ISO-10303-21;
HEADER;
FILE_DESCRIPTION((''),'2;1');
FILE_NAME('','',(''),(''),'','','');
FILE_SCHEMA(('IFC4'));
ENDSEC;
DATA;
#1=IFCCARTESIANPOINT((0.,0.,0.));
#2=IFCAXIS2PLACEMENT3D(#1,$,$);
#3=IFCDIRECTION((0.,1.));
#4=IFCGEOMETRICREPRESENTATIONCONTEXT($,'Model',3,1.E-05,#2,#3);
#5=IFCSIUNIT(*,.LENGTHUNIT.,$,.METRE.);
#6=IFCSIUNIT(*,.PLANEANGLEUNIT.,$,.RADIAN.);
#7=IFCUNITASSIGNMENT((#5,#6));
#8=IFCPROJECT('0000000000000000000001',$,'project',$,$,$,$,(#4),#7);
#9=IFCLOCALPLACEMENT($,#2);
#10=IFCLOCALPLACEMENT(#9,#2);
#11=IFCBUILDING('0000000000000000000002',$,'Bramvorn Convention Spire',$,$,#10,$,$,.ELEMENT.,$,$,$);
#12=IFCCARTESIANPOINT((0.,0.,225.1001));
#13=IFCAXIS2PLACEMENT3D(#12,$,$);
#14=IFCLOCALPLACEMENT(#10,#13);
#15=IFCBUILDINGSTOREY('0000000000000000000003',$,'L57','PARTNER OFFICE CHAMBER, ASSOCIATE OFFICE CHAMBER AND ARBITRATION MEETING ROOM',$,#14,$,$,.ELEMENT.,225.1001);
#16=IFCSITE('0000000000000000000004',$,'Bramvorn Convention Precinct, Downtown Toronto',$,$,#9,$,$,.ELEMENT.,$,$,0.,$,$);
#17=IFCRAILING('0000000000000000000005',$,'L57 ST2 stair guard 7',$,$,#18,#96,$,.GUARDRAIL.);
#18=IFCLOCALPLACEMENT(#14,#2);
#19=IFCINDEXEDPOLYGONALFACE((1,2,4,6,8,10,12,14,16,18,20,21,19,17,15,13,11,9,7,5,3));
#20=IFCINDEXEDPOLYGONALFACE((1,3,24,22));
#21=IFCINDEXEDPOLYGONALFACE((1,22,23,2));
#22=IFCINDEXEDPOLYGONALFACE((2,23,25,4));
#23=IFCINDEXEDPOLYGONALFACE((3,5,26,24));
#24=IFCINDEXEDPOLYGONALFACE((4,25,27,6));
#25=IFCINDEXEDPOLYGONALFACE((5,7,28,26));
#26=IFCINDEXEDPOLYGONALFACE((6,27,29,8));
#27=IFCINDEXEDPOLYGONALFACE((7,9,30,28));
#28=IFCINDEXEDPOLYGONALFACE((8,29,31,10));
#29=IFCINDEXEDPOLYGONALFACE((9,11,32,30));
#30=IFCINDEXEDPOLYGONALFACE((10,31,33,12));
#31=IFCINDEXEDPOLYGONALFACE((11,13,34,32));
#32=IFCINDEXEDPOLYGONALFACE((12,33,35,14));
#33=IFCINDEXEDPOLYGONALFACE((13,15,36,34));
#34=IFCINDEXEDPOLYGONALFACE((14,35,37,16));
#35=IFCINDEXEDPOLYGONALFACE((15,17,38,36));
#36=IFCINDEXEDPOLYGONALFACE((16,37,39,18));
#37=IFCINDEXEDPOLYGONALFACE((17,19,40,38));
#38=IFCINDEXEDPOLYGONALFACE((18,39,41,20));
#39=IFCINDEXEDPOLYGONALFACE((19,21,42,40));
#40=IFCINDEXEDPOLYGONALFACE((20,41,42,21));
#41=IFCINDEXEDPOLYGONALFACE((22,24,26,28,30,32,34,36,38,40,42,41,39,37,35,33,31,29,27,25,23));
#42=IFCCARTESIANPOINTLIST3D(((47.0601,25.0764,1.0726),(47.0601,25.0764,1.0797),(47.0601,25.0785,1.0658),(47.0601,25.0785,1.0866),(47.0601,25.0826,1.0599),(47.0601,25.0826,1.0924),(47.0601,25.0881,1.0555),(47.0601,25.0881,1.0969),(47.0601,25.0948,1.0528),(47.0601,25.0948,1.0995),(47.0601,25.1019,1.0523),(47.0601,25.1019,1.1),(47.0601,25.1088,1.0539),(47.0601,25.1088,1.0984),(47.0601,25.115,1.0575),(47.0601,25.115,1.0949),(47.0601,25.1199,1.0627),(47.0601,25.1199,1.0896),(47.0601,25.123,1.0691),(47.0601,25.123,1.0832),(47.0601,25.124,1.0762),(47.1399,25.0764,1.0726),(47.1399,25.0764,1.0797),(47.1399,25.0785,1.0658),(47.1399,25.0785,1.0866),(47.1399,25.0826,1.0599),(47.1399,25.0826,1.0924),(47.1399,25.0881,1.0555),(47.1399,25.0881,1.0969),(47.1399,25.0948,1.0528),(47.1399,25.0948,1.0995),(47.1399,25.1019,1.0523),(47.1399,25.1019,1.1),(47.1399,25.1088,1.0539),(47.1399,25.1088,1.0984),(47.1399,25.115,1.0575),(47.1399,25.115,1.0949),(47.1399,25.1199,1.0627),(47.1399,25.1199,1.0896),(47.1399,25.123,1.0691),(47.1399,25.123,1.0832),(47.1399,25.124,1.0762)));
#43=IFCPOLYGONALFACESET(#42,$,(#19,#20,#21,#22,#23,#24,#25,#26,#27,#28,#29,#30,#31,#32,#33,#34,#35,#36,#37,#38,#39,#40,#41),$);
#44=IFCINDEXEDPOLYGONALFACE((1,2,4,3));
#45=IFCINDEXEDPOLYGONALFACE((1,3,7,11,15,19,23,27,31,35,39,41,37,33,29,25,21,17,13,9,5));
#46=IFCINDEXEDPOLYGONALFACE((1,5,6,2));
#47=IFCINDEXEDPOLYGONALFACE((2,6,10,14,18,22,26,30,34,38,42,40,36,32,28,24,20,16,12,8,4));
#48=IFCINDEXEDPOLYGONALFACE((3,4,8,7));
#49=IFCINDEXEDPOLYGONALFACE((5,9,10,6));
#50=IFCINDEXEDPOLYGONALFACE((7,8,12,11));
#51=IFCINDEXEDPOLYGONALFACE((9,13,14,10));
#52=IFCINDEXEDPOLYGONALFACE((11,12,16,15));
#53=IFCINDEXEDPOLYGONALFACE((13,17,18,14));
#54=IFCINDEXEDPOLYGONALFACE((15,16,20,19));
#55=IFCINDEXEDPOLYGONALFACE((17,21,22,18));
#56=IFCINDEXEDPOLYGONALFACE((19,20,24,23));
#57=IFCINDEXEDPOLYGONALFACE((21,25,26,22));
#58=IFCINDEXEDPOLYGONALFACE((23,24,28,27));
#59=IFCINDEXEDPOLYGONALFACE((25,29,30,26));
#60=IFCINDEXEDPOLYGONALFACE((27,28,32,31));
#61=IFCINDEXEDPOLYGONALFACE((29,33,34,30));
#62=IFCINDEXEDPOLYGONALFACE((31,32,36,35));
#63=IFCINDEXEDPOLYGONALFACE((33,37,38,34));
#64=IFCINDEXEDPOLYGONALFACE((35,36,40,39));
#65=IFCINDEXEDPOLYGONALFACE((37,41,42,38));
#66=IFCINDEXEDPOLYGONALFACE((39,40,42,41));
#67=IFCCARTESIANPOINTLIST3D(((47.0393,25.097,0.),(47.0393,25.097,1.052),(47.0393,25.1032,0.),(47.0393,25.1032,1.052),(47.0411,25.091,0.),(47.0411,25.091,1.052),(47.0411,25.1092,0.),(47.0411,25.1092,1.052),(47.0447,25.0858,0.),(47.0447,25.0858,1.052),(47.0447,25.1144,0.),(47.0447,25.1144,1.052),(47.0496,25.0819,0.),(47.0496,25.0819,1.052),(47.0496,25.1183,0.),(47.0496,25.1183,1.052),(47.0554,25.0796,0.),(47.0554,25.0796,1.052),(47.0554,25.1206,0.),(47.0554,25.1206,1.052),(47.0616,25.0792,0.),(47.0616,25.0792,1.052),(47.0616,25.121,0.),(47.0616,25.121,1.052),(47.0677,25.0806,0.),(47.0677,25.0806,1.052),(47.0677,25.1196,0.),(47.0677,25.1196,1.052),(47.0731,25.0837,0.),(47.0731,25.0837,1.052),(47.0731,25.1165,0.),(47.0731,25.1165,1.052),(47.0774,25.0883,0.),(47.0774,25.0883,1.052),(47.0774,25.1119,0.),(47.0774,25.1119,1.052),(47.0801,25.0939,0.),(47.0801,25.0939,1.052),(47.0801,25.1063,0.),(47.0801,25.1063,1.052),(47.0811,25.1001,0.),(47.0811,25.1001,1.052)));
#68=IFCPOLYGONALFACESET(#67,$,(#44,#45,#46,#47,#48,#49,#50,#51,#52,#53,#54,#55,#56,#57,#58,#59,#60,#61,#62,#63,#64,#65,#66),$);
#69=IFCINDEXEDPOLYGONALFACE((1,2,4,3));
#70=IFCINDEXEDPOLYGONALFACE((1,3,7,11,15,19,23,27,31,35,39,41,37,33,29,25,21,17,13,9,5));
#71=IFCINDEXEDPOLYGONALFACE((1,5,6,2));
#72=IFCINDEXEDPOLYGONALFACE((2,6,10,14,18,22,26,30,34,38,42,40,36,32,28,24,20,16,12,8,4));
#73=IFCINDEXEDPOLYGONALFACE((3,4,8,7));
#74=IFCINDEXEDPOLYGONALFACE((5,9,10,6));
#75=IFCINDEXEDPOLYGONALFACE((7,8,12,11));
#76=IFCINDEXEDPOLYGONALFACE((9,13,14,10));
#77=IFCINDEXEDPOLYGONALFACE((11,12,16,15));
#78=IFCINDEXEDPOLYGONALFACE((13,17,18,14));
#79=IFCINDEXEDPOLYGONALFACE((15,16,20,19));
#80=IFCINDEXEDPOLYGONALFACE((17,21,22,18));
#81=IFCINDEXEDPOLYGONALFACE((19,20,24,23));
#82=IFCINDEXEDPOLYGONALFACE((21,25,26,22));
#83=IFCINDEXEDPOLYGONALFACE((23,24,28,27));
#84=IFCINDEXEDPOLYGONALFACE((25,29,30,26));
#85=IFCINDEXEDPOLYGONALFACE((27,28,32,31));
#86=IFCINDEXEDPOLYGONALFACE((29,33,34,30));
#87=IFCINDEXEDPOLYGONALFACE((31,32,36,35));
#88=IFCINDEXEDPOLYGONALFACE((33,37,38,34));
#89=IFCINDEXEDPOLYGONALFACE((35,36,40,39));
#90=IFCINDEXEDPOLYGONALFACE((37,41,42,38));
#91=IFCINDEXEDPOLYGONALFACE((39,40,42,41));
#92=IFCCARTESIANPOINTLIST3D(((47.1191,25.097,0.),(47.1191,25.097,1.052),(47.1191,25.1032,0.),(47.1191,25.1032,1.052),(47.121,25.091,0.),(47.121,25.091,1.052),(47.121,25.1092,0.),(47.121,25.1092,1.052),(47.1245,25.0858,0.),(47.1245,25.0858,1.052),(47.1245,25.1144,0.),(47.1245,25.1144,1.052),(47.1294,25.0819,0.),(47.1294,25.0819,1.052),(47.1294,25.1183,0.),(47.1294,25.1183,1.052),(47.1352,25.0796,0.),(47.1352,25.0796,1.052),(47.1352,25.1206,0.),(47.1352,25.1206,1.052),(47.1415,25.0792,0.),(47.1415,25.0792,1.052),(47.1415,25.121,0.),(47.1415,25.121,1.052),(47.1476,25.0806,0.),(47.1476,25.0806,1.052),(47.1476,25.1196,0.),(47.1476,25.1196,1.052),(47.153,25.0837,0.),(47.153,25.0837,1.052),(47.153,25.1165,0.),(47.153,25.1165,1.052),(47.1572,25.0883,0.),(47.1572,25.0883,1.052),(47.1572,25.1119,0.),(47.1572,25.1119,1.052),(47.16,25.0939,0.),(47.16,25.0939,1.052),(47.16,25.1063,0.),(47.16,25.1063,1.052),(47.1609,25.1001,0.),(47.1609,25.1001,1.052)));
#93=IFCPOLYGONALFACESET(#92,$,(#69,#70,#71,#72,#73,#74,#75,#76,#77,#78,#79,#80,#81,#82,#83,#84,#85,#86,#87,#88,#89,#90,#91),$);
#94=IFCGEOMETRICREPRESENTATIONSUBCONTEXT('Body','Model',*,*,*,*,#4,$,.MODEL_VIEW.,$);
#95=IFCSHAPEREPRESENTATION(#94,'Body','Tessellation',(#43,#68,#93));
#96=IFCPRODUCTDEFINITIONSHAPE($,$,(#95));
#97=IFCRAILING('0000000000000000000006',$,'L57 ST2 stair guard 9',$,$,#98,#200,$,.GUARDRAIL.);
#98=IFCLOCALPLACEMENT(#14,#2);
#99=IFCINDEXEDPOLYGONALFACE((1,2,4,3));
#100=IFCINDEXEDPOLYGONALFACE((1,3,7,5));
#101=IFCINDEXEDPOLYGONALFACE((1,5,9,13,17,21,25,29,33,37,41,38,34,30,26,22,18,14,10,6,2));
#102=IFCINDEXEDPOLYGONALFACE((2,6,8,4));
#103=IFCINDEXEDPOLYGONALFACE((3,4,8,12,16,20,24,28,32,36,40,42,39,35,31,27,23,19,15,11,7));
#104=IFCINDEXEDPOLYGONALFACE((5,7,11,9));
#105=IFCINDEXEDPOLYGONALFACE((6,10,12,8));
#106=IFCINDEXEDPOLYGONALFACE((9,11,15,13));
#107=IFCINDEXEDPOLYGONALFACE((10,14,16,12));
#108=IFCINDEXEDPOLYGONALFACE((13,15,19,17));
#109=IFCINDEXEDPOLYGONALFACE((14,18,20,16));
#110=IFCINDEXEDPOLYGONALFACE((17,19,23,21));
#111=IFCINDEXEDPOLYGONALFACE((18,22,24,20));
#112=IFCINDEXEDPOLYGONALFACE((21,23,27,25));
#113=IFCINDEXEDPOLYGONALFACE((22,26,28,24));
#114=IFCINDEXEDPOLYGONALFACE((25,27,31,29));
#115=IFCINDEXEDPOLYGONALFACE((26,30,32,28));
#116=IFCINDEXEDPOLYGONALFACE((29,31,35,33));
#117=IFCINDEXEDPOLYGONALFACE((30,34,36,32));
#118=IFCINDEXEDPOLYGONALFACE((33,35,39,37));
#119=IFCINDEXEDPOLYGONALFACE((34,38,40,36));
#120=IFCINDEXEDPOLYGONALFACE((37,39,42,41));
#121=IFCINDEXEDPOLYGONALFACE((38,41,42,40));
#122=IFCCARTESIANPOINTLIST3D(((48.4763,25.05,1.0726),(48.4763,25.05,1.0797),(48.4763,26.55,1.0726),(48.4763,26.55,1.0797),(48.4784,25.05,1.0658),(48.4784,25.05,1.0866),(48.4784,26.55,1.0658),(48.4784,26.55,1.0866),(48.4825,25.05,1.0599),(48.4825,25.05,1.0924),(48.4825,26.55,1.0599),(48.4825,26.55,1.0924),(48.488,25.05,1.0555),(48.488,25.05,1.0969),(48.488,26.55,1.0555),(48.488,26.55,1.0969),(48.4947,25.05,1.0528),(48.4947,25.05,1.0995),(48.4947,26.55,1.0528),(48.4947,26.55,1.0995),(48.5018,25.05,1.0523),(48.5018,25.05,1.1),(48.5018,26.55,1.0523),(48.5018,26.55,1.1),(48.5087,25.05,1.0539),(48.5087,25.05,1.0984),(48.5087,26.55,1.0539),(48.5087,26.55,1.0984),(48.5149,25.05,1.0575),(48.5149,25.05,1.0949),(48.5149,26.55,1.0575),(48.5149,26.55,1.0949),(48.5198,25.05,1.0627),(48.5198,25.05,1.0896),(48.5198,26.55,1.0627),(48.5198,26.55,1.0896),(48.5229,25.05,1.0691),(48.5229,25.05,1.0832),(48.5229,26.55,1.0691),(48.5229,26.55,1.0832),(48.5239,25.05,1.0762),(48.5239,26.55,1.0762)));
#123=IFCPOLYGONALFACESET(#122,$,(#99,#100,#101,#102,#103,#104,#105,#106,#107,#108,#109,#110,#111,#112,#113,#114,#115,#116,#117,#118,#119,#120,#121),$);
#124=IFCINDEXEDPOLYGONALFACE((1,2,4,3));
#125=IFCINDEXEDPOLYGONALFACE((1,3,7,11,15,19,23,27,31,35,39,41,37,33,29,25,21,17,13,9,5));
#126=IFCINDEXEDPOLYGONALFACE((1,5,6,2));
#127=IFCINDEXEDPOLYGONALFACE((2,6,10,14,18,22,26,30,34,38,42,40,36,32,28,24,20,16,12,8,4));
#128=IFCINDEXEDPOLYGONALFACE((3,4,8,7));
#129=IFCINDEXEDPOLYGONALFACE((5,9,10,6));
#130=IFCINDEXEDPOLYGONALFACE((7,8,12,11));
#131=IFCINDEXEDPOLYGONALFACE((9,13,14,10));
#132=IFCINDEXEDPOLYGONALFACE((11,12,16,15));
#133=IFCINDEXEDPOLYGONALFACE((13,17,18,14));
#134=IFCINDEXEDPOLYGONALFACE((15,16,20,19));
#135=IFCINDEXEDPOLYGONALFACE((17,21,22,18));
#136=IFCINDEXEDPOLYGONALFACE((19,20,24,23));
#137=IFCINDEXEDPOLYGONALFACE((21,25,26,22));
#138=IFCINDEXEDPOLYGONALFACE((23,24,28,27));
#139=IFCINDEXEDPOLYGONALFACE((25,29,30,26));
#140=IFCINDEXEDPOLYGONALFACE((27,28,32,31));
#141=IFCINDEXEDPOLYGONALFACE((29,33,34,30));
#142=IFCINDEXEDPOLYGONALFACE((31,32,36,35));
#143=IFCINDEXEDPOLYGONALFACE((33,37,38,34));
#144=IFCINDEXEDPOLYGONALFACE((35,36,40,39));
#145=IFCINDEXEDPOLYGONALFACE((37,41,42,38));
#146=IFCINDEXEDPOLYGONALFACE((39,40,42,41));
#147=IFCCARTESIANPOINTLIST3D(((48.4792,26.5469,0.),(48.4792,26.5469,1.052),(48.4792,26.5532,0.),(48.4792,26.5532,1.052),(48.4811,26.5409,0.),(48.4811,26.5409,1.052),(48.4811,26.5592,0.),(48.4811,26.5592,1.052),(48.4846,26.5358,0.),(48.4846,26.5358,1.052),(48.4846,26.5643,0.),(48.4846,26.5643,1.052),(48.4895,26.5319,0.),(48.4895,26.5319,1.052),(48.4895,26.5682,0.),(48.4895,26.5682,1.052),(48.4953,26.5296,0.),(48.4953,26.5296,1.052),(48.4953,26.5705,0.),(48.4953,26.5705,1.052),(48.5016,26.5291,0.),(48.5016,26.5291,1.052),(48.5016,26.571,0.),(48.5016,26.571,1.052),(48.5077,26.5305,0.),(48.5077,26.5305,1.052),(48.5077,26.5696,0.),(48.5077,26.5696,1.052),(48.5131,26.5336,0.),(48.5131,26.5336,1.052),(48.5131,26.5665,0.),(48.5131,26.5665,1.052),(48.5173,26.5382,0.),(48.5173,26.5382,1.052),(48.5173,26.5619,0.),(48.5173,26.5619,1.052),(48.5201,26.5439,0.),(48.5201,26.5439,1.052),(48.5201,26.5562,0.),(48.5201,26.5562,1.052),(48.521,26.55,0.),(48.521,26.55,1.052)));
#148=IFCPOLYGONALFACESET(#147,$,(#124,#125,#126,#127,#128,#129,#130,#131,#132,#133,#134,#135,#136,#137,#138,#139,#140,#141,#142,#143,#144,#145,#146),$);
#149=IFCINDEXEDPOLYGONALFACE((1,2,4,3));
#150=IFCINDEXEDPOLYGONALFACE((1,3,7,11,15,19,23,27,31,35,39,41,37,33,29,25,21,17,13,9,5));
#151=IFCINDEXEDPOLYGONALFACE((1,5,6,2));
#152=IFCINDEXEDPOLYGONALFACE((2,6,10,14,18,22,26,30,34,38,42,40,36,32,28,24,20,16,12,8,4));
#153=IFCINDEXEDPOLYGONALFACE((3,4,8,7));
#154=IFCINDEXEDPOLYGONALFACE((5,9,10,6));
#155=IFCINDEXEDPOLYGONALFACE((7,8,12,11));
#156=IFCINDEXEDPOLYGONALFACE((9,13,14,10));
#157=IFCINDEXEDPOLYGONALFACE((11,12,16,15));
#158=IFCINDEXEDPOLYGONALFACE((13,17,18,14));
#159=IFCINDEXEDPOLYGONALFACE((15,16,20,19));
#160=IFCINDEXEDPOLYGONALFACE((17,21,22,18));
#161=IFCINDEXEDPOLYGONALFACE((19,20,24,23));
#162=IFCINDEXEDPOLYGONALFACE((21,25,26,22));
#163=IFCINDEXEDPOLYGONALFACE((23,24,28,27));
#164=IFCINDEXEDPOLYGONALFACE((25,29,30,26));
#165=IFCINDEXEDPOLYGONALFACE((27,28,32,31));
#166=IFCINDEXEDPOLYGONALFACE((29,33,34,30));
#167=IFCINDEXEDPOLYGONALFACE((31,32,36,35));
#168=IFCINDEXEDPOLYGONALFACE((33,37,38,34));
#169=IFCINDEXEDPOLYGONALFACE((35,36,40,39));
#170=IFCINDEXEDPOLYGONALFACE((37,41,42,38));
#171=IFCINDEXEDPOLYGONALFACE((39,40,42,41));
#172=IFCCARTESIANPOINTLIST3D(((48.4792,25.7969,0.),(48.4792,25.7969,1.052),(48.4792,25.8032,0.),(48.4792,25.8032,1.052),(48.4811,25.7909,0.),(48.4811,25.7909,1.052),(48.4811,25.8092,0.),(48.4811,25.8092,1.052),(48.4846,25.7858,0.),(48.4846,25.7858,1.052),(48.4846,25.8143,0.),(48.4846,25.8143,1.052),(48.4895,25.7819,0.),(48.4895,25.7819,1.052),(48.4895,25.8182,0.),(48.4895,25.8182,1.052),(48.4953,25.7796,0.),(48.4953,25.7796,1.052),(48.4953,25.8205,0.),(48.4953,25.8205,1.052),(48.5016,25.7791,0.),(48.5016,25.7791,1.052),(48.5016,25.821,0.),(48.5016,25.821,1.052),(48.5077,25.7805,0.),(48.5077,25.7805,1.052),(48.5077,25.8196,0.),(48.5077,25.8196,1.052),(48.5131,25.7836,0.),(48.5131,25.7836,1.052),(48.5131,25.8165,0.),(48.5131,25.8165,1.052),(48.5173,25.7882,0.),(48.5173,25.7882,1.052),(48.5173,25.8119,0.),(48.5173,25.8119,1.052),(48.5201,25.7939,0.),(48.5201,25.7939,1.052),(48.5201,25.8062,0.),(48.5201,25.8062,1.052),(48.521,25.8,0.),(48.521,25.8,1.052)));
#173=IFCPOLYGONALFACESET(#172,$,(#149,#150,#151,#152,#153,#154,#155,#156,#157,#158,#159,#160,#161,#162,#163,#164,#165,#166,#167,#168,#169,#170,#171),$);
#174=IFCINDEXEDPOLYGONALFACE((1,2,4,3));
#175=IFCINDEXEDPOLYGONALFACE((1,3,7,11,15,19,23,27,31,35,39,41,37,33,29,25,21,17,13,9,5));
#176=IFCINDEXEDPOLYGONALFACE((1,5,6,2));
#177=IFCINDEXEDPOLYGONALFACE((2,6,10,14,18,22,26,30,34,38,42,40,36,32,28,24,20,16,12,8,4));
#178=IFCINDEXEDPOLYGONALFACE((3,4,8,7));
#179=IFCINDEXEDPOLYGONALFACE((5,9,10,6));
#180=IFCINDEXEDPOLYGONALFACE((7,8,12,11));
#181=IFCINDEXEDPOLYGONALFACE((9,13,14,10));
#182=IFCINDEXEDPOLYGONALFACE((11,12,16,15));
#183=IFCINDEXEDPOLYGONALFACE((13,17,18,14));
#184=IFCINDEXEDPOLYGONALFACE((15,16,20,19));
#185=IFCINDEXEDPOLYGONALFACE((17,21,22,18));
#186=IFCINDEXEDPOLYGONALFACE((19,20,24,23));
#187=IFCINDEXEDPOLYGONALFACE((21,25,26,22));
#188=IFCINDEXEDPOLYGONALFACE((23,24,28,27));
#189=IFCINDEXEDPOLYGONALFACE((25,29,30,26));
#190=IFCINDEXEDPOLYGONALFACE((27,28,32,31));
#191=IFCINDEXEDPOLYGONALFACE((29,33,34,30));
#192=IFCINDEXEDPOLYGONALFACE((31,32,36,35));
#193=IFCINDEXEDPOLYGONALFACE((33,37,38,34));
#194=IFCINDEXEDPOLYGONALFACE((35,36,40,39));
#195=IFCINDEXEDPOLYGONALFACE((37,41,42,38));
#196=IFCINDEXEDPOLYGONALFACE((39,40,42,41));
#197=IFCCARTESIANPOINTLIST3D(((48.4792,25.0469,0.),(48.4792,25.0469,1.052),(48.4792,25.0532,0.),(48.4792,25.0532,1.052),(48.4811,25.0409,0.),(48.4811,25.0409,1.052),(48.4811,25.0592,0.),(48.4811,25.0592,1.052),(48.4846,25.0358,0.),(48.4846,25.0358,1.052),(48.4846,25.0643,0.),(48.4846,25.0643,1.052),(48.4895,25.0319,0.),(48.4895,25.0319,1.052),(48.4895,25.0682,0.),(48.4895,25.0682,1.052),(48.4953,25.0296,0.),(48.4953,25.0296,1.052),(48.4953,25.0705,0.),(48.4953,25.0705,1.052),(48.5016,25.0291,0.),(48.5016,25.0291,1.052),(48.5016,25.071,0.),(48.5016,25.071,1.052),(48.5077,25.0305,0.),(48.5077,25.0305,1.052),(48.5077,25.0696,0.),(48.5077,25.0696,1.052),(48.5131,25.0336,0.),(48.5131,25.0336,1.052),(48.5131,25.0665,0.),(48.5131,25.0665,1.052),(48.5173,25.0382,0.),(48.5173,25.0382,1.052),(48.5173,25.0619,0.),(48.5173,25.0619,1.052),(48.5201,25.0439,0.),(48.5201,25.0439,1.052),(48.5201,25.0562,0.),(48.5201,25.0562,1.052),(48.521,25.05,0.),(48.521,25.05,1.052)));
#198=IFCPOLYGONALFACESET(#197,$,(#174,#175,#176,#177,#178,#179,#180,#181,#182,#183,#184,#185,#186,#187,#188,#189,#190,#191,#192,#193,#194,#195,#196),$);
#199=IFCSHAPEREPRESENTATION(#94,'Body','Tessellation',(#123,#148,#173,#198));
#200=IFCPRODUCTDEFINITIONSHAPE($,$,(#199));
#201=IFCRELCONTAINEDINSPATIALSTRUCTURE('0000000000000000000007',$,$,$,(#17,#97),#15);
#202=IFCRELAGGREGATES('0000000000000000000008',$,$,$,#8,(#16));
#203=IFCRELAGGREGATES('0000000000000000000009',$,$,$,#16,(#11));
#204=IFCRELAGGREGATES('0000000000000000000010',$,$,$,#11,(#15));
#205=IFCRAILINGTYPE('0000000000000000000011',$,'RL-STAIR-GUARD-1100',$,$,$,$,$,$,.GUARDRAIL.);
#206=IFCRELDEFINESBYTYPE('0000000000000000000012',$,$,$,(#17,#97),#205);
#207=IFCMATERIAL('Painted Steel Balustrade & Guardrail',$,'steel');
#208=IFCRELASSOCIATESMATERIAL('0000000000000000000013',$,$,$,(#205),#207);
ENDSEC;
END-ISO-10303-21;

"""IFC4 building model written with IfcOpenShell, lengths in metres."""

from ifc_helpers import new_model, si_unit, direction, frame, origin, origin_2d, place, context, subcontext, project, spatial, circle, extrude, material, type_object, element, save


model = new_model("IFC4")

# Units and contexts
model_context = context("Model", 3, precision=1e-05, world=origin(), true_north=direction((0.0, 1.0)))
body_context = subcontext(model_context, "Body", "Model", "MODEL_VIEW")
ifc_project = project(units=[si_unit("LENGTHUNIT", "METRE"), si_unit("PLANEANGLEUNIT", "RADIAN")], contexts=[model_context])

# Site, building, storey
site_placement = place(None, origin())
site = spatial("IfcSite", under=ifc_project, at=site_placement, Name="Bramvorn Convention Precinct, Downtown Toronto", CompositionType="ELEMENT", RefElevation=0.0)
building_placement = place(site_placement, origin())
building = spatial("IfcBuilding", under=site, at=building_placement, Name="Bramvorn Convention Spire", CompositionType="ELEMENT")
storey_placement = place(building_placement, frame((0.0, 0.0, 225.1001)))
storey = spatial("IfcBuildingStorey", under=building, at=storey_placement, Name="L57", Description="PARTNER OFFICE CHAMBER, ASSOCIATE OFFICE CHAMBER AND ARBITRATION MEETING ROOM", CompositionType="ELEMENT", Elevation=225.1001)

# Railings
ifc_material_1 = material(Name="Painted Steel Balustrade & Guardrail", Category="steel")
railing_type_1 = type_object("IfcRailingType", Name="RL-STAIR-GUARD-1100", PredefinedType="GUARDRAIL", material=ifc_material_1)
railing_1_placement = place(storey_placement, frame((47.0601, 25.1001, 0.0)))
element("IfcRailing", 1, at=railing_1_placement, inside=storey, type_object=railing_type_1, Name="L57 ST2 stair guard 7", PredefinedType="GUARDRAIL", context=body_context, shape_type="SweptSolid", body=[
    extrude(circle(Radius=0.0239, at=origin_2d()), frame((0.0, 0.0, 1.0762), z_axis=(1.0, 0.0, 0.0), x_axis=(0.0, 1.0, 0.0)), (0.0, 0.0, 1.0), 0.0798),
    extrude(circle(Radius=0.021, at=origin_2d()), origin(), (0.0, 0.0, 1.0), 1.052),
    extrude(circle(Radius=0.021, at=origin_2d()), frame((0.0798, 0.0, 0.0)), (0.0, 0.0, 1.0), 1.052),
])
railing_2_placement = place(storey_placement, frame((48.5, 26.55, 0.0)))
element("IfcRailing", 2, at=railing_2_placement, inside=storey, type_object=railing_type_1, Name="L57 ST2 stair guard 9", PredefinedType="GUARDRAIL", context=body_context, shape_type="SweptSolid", body=[
    extrude(circle(Radius=0.0239, at=origin_2d()), frame((0.0, 0.0, 1.0762), z_axis=(0.0, -1.0, 0.0), x_axis=(1.0, 0.0, 0.0)), (0.0, 0.0, 1.0), 1.5),
    extrude(circle(Radius=0.021, at=origin_2d()), origin(), (0.0, 0.0, 1.0), 1.052),
    extrude(circle(Radius=0.021, at=origin_2d()), frame((0.0, -0.75, 0.0)), (0.0, 0.0, 1.0), 1.052),
    extrude(circle(Radius=0.021, at=origin_2d()), frame((0.0, -1.5, 0.0)), (0.0, 0.0, 1.0), 1.052),
])

save(model, "model.ifc")
